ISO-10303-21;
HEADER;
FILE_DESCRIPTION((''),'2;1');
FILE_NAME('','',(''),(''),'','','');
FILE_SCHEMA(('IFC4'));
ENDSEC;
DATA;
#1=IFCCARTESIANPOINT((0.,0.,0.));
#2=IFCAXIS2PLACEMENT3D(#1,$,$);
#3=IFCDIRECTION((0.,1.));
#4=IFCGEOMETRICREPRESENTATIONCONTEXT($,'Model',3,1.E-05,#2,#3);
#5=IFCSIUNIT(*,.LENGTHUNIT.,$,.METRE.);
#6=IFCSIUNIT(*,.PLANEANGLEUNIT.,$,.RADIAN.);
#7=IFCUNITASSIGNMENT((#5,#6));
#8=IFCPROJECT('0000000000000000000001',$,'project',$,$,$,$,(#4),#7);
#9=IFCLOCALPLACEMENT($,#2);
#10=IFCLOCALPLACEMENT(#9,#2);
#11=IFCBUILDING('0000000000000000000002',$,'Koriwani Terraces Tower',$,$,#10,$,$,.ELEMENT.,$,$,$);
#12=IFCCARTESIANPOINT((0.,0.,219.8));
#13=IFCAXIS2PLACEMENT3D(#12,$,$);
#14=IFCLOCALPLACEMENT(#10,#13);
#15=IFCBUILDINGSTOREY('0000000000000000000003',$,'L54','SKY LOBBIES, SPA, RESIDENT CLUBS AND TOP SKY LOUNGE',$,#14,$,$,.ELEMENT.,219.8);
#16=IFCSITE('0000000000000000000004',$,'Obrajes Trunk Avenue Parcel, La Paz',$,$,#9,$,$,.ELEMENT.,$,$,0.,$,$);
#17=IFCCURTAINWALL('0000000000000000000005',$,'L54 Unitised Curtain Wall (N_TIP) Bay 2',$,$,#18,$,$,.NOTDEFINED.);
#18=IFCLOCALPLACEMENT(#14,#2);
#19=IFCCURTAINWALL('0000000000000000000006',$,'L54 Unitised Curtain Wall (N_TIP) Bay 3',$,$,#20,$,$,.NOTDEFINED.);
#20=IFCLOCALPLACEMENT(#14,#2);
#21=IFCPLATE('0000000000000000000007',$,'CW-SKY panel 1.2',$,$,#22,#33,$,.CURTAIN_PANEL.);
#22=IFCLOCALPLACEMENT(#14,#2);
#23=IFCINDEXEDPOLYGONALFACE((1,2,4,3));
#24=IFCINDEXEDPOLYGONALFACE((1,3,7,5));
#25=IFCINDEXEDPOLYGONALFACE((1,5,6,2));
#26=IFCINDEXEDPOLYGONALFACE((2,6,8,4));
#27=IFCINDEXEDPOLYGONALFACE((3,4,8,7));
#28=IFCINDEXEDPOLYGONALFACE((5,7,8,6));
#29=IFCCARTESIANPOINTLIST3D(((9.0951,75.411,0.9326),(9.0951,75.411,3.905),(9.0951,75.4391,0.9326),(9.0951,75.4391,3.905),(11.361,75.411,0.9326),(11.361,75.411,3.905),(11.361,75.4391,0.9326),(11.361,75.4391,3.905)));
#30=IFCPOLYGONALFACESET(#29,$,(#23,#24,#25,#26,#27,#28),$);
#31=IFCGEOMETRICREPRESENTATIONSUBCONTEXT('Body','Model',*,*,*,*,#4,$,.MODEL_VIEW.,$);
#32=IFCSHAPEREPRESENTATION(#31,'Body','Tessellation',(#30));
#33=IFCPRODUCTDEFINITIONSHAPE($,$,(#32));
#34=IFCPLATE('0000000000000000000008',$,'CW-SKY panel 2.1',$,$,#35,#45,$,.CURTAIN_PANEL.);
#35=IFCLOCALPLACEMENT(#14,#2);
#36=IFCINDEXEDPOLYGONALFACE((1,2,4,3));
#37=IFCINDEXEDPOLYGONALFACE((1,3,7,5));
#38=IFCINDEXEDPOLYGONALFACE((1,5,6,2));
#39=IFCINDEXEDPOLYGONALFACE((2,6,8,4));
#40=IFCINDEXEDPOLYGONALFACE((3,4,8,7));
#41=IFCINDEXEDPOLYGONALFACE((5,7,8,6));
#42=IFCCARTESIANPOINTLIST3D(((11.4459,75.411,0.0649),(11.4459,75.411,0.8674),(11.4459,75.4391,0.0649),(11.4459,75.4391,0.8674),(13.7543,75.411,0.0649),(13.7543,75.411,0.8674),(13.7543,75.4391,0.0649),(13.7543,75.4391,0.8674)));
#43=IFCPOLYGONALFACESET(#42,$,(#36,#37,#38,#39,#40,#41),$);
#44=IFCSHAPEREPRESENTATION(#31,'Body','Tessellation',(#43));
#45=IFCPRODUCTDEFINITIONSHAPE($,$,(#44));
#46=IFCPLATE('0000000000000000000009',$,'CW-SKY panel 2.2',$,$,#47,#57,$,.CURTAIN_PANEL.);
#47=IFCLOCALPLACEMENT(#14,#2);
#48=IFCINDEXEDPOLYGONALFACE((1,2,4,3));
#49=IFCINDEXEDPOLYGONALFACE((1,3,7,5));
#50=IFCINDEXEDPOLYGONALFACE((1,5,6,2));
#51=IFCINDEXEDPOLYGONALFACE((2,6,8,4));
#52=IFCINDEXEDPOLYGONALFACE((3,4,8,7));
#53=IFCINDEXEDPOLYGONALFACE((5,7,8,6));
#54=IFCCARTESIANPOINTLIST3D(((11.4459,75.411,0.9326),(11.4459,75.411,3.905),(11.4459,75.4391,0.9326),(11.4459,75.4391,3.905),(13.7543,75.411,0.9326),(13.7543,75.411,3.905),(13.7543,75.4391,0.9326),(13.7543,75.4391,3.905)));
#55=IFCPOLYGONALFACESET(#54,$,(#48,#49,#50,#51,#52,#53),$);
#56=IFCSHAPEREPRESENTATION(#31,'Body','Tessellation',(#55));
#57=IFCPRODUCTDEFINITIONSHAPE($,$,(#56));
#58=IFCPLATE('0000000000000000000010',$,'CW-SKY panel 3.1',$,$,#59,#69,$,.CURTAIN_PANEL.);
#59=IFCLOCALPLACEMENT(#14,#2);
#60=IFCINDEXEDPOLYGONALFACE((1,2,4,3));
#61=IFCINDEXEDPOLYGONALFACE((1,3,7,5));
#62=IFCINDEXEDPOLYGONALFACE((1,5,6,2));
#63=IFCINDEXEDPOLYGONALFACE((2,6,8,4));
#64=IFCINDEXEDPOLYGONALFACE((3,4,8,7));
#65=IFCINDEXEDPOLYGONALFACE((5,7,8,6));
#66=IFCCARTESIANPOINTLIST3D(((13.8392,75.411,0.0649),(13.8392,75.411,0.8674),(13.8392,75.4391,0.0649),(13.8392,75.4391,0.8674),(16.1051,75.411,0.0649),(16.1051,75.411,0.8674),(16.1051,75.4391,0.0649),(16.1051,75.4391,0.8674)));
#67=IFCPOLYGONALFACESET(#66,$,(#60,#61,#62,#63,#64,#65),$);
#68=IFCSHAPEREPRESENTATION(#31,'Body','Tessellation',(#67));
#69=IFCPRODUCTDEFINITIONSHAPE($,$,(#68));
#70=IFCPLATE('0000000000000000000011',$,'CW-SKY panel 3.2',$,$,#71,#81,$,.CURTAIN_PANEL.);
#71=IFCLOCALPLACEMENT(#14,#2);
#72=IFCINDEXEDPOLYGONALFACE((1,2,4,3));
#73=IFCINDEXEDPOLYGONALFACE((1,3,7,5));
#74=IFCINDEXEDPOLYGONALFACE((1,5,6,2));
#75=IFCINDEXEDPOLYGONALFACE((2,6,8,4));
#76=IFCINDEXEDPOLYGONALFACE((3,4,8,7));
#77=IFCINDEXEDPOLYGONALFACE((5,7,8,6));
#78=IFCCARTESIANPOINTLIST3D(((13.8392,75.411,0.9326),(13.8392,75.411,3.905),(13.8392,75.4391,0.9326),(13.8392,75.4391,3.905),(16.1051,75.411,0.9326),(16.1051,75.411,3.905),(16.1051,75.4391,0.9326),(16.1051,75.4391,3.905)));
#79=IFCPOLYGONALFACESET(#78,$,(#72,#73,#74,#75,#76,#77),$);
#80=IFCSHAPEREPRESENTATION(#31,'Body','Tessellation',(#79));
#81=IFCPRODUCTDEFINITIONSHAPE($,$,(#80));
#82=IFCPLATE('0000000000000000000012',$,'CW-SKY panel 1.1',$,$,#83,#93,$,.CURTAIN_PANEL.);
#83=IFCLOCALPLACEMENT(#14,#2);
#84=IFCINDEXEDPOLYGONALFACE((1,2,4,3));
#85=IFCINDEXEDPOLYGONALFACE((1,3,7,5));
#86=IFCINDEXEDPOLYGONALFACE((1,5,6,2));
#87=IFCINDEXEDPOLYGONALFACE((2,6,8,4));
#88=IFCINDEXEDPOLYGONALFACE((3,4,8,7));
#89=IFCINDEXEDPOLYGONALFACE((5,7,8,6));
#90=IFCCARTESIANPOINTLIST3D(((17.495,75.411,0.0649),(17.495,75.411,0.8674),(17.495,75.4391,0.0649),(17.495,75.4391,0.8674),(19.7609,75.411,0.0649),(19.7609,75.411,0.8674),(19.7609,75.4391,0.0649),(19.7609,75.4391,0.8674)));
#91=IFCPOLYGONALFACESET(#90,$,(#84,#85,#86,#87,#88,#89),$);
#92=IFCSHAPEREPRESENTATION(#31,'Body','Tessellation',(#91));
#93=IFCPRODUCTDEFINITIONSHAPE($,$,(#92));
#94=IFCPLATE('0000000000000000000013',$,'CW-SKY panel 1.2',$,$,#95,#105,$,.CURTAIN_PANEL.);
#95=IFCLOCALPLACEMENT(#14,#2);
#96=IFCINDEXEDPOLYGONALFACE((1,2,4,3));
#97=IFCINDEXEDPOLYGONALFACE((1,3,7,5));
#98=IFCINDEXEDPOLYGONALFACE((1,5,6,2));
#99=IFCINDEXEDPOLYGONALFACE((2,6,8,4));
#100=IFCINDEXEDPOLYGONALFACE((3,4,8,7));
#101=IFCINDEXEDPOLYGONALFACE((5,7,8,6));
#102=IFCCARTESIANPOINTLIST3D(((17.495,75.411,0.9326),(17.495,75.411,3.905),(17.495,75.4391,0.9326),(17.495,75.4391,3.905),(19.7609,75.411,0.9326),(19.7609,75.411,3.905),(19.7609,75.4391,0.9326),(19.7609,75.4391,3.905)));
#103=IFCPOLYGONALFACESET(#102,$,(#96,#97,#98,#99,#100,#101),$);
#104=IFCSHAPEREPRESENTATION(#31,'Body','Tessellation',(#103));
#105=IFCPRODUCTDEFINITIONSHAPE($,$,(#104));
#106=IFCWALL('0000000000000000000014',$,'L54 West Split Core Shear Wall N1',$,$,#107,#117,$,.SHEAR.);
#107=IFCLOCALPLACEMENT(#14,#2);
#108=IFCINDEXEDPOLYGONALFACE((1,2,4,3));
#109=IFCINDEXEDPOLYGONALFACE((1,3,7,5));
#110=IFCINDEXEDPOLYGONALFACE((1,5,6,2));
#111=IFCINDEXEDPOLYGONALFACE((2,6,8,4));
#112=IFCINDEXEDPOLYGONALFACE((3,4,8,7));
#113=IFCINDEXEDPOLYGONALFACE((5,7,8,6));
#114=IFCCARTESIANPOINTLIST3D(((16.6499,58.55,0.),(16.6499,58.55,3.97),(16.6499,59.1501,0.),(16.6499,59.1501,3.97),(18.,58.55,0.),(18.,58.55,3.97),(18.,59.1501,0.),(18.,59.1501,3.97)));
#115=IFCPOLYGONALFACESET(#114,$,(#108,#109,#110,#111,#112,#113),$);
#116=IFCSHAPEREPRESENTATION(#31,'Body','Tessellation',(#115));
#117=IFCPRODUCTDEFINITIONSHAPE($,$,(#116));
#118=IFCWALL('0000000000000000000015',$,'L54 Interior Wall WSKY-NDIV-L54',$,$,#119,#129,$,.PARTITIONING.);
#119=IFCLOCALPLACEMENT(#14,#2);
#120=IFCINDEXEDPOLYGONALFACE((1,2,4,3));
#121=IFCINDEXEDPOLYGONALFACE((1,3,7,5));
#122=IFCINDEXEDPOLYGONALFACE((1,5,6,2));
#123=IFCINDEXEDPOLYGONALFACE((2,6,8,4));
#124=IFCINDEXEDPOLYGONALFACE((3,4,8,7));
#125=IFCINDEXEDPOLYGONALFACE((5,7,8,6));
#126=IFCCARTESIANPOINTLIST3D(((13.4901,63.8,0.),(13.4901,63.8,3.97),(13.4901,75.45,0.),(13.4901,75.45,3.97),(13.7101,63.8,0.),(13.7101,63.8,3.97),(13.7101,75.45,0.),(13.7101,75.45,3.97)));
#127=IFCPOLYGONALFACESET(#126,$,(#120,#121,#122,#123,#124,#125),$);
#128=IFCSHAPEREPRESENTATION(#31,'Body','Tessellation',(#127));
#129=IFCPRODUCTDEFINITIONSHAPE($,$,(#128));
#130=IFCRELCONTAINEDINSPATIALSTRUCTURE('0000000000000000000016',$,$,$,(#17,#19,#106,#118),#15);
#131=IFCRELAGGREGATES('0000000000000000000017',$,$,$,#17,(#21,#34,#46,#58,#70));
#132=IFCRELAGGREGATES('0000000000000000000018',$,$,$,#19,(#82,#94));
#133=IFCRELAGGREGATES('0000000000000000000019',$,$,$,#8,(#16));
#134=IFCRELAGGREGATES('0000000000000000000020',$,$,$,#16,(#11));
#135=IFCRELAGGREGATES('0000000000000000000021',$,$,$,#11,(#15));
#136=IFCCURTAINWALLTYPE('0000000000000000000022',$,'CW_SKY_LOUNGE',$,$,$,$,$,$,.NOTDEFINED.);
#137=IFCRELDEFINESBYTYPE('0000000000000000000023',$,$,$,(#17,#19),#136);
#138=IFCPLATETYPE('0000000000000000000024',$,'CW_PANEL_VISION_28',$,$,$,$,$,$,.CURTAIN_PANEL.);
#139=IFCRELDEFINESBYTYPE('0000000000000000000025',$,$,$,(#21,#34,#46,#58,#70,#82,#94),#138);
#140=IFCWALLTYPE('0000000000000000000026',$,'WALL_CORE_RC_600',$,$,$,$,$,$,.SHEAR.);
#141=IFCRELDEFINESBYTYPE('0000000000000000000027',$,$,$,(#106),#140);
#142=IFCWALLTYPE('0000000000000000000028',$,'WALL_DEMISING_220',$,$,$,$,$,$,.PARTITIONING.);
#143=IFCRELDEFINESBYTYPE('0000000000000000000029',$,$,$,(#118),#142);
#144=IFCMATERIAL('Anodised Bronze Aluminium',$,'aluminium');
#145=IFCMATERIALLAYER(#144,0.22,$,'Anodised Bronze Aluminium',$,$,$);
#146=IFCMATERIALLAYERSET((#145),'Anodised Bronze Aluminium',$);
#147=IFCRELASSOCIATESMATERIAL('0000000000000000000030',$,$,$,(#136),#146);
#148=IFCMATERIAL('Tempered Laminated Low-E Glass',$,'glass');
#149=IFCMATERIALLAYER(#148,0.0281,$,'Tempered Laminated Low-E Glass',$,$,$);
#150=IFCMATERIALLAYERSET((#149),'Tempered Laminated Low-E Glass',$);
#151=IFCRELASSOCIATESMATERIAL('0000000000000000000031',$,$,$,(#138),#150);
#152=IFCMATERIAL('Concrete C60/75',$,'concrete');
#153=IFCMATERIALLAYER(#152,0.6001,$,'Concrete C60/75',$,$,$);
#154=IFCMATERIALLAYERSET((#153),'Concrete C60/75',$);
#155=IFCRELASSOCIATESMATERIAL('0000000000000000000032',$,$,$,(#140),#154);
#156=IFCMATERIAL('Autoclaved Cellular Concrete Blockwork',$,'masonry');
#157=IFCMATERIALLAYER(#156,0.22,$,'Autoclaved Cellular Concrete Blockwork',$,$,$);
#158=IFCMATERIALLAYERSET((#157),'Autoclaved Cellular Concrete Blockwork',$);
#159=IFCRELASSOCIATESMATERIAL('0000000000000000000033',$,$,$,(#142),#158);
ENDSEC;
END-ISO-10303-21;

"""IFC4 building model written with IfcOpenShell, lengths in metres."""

from ifc_helpers import new_model, si_unit, direction, frame, frame_2d, origin, origin_2d, place, context, subcontext, project, spatial, rectangle, extrude, material, layer, layer_set, type_object, element, aggregate, save


model = new_model("IFC4")

# Units and contexts
model_context = context("Model", 3, precision=1e-05, world=origin(), true_north=direction((0.0, 1.0)))
body_context = subcontext(model_context, "Body", "Model", "MODEL_VIEW")
ifc_project = project(units=[si_unit("LENGTHUNIT", "METRE"), si_unit("PLANEANGLEUNIT", "RADIAN")], contexts=[model_context])

# Site, building, storey
site_placement = place(None, origin())
site = spatial("IfcSite", under=ifc_project, at=site_placement, Name="Obrajes Trunk Avenue Parcel, La Paz", CompositionType="ELEMENT", RefElevation=0.0)
building_placement = place(site_placement, origin())
building = spatial("IfcBuilding", under=site, at=building_placement, Name="Koriwani Terraces Tower", CompositionType="ELEMENT")
storey_placement = place(building_placement, frame((0.0, 0.0, 219.8)))
storey = spatial("IfcBuildingStorey", under=building, at=storey_placement, Name="L54", Description="SKY LOBBIES, SPA, RESIDENT CLUBS AND TOP SKY LOUNGE", CompositionType="ELEMENT", Elevation=219.8)

# Shared definitions
ifc_material_1 = material(Name="Concrete C60/75", Category="concrete")

# Curtain wall
ifc_material_2 = material(Name="Anodised Bronze Aluminium", Category="aluminium")
ifc_layer_1 = layer(ifc_material_2, 0.22, Name="Anodised Bronze Aluminium")
ifc_layer_set_1 = layer_set([ifc_layer_1], Name="Anodised Bronze Aluminium")
curtain_wall_type = type_object("IfcCurtainWallType", Name="CW_SKY_LOUNGE", PredefinedType="NOTDEFINED", material=ifc_layer_set_1)
curtain_wall_1_placement = place(storey_placement, origin())
curtain_wall_1 = element("IfcCurtainWall", 1, at=curtain_wall_1_placement, inside=storey, type_object=curtain_wall_type, Name="L54 Unitised Curtain Wall (N_TIP) Bay 2", PredefinedType="NOTDEFINED")

# Curtain wall
curtain_wall_2_placement = place(storey_placement, origin())
curtain_wall_2 = element("IfcCurtainWall", 2, at=curtain_wall_2_placement, inside=storey, type_object=curtain_wall_type, Name="L54 Unitised Curtain Wall (N_TIP) Bay 3", PredefinedType="NOTDEFINED")

# Plates
ifc_material_3 = material(Name="Tempered Laminated Low-E Glass", Category="glass")
ifc_layer_2 = layer(ifc_material_3, 0.0281, Name="Tempered Laminated Low-E Glass")
ifc_layer_set_2 = layer_set([ifc_layer_2], Name="Tempered Laminated Low-E Glass")
plate_type = type_object("IfcPlateType", Name="CW_PANEL_VISION_28", PredefinedType="CURTAIN_PANEL", material=ifc_layer_set_2)
plate_1_placement = place(storey_placement, frame((10.228, 75.425, 0.9326), z_axis=(0.0, 0.0, 1.0), x_axis=(1.0, 0.0, 0.0)))
plate_1 = element("IfcPlate", 3, at=plate_1_placement, type_object=plate_type, Name="CW-SKY panel 1.2", PredefinedType="CURTAIN_PANEL", context=body_context, shape_type="SweptSolid", body=[
    extrude(rectangle(XDim=2.2659, YDim=0.0281, at=origin_2d()), origin(), (0.0, 0.0, 1.0), 2.9724),
])
plate_2_placement = place(storey_placement, frame((12.6001, 75.425, 0.0649), z_axis=(0.0, 0.0, 1.0), x_axis=(1.0, 0.0, 0.0)))
plate_2 = element("IfcPlate", 4, at=plate_2_placement, type_object=plate_type, Name="CW-SKY panel 2.1", PredefinedType="CURTAIN_PANEL", context=body_context, shape_type="SweptSolid", body=[
    extrude(rectangle(XDim=2.3083, YDim=0.0281, at=origin_2d()), origin(), (0.0, 0.0, 1.0), 0.8025),
])
plate_3_placement = place(storey_placement, frame((12.6001, 75.425, 0.9326), z_axis=(0.0, 0.0, 1.0), x_axis=(1.0, 0.0, 0.0)))
plate_3 = element("IfcPlate", 5, at=plate_3_placement, type_object=plate_type, Name="CW-SKY panel 2.2", PredefinedType="CURTAIN_PANEL", context=body_context, shape_type="SweptSolid", body=[
    extrude(rectangle(XDim=2.3083, YDim=0.0281, at=origin_2d()), origin(), (0.0, 0.0, 1.0), 2.9724),
])
plate_4_placement = place(storey_placement, frame((14.9722, 75.425, 0.0649), z_axis=(0.0, 0.0, 1.0), x_axis=(1.0, 0.0, 0.0)))
plate_4 = element("IfcPlate", 6, at=plate_4_placement, type_object=plate_type, Name="CW-SKY panel 3.1", PredefinedType="CURTAIN_PANEL", context=body_context, shape_type="SweptSolid", body=[
    extrude(rectangle(XDim=2.2659, YDim=0.0281, at=origin_2d()), origin(), (0.0, 0.0, 1.0), 0.8025),
])
plate_5_placement = place(storey_placement, frame((14.9722, 75.425, 0.9326), z_axis=(0.0, 0.0, 1.0), x_axis=(1.0, 0.0, 0.0)))
plate_5 = element("IfcPlate", 7, at=plate_5_placement, type_object=plate_type, Name="CW-SKY panel 3.2", PredefinedType="CURTAIN_PANEL", context=body_context, shape_type="SweptSolid", body=[
    extrude(rectangle(XDim=2.2659, YDim=0.0281, at=origin_2d()), origin(), (0.0, 0.0, 1.0), 2.9724),
])
aggregate(curtain_wall_1, [plate_1, plate_2, plate_3, plate_4, plate_5])
plate_6_placement = place(storey_placement, frame((18.6279, 75.425, 0.0649), z_axis=(0.0, 0.0, 1.0), x_axis=(1.0, 0.0, 0.0)))
plate_6 = element("IfcPlate", 8, at=plate_6_placement, type_object=plate_type, Name="CW-SKY panel 1.1", PredefinedType="CURTAIN_PANEL", context=body_context, shape_type="SweptSolid", body=[
    extrude(rectangle(XDim=2.2659, YDim=0.0281, at=origin_2d()), origin(), (0.0, 0.0, 1.0), 0.8025),
])
plate_7_placement = place(storey_placement, frame((18.6279, 75.425, 0.9326), z_axis=(0.0, 0.0, 1.0), x_axis=(1.0, 0.0, 0.0)))
plate_7 = element("IfcPlate", 9, at=plate_7_placement, type_object=plate_type, Name="CW-SKY panel 1.2", PredefinedType="CURTAIN_PANEL", context=body_context, shape_type="SweptSolid", body=[
    extrude(rectangle(XDim=2.2659, YDim=0.0281, at=origin_2d()), origin(), (0.0, 0.0, 1.0), 2.9724),
])
aggregate(curtain_wall_2, [plate_6, plate_7])

# Walls
ifc_layer_3 = layer(ifc_material_1, 0.6001, Name="Concrete C60/75")
ifc_layer_set_3 = layer_set([ifc_layer_3], Name="Concrete C60/75")
wall_type_1 = type_object("IfcWallType", Name="WALL_CORE_RC_600", PredefinedType="SHEAR", material=ifc_layer_set_3)
wall_1_placement = place(storey_placement, frame((16.6499, 58.8501, 0.0), z_axis=(0.0, 0.0, 1.0), x_axis=(1.0, 0.0, 0.0)))
element("IfcWall", 10, at=wall_1_placement, inside=storey, type_object=wall_type_1, Name="L54 West Split Core Shear Wall N1", PredefinedType="SHEAR", context=body_context, shape_type="SweptSolid", body=[
    extrude(rectangle(XDim=1.3501, YDim=0.6001, at=frame_2d((0.675, 0.0))), origin(), (0.0, 0.0, 1.0), 3.97),
])
ifc_material_4 = material(Name="Autoclaved Cellular Concrete Blockwork", Category="masonry")
ifc_layer_4 = layer(ifc_material_4, 0.22, Name="Autoclaved Cellular Concrete Blockwork")
ifc_layer_set_4 = layer_set([ifc_layer_4], Name="Autoclaved Cellular Concrete Blockwork")
wall_type_2 = type_object("IfcWallType", Name="WALL_DEMISING_220", PredefinedType="PARTITIONING", material=ifc_layer_set_4)
wall_2_placement = place(storey_placement, frame((13.6001, 63.8, 0.0), z_axis=(0.0, 0.0, 1.0), x_axis=(0.0, 1.0, 0.0)))
element("IfcWall", 11, at=wall_2_placement, inside=storey, type_object=wall_type_2, Name="L54 Interior Wall WSKY-NDIV-L54", PredefinedType="PARTITIONING", context=body_context, shape_type="SweptSolid", body=[
    extrude(rectangle(XDim=11.6499, YDim=0.22, at=frame_2d((5.825, 0.0))), origin(), (0.0, 0.0, 1.0), 3.97),
])

save(model, "model.ifc")
